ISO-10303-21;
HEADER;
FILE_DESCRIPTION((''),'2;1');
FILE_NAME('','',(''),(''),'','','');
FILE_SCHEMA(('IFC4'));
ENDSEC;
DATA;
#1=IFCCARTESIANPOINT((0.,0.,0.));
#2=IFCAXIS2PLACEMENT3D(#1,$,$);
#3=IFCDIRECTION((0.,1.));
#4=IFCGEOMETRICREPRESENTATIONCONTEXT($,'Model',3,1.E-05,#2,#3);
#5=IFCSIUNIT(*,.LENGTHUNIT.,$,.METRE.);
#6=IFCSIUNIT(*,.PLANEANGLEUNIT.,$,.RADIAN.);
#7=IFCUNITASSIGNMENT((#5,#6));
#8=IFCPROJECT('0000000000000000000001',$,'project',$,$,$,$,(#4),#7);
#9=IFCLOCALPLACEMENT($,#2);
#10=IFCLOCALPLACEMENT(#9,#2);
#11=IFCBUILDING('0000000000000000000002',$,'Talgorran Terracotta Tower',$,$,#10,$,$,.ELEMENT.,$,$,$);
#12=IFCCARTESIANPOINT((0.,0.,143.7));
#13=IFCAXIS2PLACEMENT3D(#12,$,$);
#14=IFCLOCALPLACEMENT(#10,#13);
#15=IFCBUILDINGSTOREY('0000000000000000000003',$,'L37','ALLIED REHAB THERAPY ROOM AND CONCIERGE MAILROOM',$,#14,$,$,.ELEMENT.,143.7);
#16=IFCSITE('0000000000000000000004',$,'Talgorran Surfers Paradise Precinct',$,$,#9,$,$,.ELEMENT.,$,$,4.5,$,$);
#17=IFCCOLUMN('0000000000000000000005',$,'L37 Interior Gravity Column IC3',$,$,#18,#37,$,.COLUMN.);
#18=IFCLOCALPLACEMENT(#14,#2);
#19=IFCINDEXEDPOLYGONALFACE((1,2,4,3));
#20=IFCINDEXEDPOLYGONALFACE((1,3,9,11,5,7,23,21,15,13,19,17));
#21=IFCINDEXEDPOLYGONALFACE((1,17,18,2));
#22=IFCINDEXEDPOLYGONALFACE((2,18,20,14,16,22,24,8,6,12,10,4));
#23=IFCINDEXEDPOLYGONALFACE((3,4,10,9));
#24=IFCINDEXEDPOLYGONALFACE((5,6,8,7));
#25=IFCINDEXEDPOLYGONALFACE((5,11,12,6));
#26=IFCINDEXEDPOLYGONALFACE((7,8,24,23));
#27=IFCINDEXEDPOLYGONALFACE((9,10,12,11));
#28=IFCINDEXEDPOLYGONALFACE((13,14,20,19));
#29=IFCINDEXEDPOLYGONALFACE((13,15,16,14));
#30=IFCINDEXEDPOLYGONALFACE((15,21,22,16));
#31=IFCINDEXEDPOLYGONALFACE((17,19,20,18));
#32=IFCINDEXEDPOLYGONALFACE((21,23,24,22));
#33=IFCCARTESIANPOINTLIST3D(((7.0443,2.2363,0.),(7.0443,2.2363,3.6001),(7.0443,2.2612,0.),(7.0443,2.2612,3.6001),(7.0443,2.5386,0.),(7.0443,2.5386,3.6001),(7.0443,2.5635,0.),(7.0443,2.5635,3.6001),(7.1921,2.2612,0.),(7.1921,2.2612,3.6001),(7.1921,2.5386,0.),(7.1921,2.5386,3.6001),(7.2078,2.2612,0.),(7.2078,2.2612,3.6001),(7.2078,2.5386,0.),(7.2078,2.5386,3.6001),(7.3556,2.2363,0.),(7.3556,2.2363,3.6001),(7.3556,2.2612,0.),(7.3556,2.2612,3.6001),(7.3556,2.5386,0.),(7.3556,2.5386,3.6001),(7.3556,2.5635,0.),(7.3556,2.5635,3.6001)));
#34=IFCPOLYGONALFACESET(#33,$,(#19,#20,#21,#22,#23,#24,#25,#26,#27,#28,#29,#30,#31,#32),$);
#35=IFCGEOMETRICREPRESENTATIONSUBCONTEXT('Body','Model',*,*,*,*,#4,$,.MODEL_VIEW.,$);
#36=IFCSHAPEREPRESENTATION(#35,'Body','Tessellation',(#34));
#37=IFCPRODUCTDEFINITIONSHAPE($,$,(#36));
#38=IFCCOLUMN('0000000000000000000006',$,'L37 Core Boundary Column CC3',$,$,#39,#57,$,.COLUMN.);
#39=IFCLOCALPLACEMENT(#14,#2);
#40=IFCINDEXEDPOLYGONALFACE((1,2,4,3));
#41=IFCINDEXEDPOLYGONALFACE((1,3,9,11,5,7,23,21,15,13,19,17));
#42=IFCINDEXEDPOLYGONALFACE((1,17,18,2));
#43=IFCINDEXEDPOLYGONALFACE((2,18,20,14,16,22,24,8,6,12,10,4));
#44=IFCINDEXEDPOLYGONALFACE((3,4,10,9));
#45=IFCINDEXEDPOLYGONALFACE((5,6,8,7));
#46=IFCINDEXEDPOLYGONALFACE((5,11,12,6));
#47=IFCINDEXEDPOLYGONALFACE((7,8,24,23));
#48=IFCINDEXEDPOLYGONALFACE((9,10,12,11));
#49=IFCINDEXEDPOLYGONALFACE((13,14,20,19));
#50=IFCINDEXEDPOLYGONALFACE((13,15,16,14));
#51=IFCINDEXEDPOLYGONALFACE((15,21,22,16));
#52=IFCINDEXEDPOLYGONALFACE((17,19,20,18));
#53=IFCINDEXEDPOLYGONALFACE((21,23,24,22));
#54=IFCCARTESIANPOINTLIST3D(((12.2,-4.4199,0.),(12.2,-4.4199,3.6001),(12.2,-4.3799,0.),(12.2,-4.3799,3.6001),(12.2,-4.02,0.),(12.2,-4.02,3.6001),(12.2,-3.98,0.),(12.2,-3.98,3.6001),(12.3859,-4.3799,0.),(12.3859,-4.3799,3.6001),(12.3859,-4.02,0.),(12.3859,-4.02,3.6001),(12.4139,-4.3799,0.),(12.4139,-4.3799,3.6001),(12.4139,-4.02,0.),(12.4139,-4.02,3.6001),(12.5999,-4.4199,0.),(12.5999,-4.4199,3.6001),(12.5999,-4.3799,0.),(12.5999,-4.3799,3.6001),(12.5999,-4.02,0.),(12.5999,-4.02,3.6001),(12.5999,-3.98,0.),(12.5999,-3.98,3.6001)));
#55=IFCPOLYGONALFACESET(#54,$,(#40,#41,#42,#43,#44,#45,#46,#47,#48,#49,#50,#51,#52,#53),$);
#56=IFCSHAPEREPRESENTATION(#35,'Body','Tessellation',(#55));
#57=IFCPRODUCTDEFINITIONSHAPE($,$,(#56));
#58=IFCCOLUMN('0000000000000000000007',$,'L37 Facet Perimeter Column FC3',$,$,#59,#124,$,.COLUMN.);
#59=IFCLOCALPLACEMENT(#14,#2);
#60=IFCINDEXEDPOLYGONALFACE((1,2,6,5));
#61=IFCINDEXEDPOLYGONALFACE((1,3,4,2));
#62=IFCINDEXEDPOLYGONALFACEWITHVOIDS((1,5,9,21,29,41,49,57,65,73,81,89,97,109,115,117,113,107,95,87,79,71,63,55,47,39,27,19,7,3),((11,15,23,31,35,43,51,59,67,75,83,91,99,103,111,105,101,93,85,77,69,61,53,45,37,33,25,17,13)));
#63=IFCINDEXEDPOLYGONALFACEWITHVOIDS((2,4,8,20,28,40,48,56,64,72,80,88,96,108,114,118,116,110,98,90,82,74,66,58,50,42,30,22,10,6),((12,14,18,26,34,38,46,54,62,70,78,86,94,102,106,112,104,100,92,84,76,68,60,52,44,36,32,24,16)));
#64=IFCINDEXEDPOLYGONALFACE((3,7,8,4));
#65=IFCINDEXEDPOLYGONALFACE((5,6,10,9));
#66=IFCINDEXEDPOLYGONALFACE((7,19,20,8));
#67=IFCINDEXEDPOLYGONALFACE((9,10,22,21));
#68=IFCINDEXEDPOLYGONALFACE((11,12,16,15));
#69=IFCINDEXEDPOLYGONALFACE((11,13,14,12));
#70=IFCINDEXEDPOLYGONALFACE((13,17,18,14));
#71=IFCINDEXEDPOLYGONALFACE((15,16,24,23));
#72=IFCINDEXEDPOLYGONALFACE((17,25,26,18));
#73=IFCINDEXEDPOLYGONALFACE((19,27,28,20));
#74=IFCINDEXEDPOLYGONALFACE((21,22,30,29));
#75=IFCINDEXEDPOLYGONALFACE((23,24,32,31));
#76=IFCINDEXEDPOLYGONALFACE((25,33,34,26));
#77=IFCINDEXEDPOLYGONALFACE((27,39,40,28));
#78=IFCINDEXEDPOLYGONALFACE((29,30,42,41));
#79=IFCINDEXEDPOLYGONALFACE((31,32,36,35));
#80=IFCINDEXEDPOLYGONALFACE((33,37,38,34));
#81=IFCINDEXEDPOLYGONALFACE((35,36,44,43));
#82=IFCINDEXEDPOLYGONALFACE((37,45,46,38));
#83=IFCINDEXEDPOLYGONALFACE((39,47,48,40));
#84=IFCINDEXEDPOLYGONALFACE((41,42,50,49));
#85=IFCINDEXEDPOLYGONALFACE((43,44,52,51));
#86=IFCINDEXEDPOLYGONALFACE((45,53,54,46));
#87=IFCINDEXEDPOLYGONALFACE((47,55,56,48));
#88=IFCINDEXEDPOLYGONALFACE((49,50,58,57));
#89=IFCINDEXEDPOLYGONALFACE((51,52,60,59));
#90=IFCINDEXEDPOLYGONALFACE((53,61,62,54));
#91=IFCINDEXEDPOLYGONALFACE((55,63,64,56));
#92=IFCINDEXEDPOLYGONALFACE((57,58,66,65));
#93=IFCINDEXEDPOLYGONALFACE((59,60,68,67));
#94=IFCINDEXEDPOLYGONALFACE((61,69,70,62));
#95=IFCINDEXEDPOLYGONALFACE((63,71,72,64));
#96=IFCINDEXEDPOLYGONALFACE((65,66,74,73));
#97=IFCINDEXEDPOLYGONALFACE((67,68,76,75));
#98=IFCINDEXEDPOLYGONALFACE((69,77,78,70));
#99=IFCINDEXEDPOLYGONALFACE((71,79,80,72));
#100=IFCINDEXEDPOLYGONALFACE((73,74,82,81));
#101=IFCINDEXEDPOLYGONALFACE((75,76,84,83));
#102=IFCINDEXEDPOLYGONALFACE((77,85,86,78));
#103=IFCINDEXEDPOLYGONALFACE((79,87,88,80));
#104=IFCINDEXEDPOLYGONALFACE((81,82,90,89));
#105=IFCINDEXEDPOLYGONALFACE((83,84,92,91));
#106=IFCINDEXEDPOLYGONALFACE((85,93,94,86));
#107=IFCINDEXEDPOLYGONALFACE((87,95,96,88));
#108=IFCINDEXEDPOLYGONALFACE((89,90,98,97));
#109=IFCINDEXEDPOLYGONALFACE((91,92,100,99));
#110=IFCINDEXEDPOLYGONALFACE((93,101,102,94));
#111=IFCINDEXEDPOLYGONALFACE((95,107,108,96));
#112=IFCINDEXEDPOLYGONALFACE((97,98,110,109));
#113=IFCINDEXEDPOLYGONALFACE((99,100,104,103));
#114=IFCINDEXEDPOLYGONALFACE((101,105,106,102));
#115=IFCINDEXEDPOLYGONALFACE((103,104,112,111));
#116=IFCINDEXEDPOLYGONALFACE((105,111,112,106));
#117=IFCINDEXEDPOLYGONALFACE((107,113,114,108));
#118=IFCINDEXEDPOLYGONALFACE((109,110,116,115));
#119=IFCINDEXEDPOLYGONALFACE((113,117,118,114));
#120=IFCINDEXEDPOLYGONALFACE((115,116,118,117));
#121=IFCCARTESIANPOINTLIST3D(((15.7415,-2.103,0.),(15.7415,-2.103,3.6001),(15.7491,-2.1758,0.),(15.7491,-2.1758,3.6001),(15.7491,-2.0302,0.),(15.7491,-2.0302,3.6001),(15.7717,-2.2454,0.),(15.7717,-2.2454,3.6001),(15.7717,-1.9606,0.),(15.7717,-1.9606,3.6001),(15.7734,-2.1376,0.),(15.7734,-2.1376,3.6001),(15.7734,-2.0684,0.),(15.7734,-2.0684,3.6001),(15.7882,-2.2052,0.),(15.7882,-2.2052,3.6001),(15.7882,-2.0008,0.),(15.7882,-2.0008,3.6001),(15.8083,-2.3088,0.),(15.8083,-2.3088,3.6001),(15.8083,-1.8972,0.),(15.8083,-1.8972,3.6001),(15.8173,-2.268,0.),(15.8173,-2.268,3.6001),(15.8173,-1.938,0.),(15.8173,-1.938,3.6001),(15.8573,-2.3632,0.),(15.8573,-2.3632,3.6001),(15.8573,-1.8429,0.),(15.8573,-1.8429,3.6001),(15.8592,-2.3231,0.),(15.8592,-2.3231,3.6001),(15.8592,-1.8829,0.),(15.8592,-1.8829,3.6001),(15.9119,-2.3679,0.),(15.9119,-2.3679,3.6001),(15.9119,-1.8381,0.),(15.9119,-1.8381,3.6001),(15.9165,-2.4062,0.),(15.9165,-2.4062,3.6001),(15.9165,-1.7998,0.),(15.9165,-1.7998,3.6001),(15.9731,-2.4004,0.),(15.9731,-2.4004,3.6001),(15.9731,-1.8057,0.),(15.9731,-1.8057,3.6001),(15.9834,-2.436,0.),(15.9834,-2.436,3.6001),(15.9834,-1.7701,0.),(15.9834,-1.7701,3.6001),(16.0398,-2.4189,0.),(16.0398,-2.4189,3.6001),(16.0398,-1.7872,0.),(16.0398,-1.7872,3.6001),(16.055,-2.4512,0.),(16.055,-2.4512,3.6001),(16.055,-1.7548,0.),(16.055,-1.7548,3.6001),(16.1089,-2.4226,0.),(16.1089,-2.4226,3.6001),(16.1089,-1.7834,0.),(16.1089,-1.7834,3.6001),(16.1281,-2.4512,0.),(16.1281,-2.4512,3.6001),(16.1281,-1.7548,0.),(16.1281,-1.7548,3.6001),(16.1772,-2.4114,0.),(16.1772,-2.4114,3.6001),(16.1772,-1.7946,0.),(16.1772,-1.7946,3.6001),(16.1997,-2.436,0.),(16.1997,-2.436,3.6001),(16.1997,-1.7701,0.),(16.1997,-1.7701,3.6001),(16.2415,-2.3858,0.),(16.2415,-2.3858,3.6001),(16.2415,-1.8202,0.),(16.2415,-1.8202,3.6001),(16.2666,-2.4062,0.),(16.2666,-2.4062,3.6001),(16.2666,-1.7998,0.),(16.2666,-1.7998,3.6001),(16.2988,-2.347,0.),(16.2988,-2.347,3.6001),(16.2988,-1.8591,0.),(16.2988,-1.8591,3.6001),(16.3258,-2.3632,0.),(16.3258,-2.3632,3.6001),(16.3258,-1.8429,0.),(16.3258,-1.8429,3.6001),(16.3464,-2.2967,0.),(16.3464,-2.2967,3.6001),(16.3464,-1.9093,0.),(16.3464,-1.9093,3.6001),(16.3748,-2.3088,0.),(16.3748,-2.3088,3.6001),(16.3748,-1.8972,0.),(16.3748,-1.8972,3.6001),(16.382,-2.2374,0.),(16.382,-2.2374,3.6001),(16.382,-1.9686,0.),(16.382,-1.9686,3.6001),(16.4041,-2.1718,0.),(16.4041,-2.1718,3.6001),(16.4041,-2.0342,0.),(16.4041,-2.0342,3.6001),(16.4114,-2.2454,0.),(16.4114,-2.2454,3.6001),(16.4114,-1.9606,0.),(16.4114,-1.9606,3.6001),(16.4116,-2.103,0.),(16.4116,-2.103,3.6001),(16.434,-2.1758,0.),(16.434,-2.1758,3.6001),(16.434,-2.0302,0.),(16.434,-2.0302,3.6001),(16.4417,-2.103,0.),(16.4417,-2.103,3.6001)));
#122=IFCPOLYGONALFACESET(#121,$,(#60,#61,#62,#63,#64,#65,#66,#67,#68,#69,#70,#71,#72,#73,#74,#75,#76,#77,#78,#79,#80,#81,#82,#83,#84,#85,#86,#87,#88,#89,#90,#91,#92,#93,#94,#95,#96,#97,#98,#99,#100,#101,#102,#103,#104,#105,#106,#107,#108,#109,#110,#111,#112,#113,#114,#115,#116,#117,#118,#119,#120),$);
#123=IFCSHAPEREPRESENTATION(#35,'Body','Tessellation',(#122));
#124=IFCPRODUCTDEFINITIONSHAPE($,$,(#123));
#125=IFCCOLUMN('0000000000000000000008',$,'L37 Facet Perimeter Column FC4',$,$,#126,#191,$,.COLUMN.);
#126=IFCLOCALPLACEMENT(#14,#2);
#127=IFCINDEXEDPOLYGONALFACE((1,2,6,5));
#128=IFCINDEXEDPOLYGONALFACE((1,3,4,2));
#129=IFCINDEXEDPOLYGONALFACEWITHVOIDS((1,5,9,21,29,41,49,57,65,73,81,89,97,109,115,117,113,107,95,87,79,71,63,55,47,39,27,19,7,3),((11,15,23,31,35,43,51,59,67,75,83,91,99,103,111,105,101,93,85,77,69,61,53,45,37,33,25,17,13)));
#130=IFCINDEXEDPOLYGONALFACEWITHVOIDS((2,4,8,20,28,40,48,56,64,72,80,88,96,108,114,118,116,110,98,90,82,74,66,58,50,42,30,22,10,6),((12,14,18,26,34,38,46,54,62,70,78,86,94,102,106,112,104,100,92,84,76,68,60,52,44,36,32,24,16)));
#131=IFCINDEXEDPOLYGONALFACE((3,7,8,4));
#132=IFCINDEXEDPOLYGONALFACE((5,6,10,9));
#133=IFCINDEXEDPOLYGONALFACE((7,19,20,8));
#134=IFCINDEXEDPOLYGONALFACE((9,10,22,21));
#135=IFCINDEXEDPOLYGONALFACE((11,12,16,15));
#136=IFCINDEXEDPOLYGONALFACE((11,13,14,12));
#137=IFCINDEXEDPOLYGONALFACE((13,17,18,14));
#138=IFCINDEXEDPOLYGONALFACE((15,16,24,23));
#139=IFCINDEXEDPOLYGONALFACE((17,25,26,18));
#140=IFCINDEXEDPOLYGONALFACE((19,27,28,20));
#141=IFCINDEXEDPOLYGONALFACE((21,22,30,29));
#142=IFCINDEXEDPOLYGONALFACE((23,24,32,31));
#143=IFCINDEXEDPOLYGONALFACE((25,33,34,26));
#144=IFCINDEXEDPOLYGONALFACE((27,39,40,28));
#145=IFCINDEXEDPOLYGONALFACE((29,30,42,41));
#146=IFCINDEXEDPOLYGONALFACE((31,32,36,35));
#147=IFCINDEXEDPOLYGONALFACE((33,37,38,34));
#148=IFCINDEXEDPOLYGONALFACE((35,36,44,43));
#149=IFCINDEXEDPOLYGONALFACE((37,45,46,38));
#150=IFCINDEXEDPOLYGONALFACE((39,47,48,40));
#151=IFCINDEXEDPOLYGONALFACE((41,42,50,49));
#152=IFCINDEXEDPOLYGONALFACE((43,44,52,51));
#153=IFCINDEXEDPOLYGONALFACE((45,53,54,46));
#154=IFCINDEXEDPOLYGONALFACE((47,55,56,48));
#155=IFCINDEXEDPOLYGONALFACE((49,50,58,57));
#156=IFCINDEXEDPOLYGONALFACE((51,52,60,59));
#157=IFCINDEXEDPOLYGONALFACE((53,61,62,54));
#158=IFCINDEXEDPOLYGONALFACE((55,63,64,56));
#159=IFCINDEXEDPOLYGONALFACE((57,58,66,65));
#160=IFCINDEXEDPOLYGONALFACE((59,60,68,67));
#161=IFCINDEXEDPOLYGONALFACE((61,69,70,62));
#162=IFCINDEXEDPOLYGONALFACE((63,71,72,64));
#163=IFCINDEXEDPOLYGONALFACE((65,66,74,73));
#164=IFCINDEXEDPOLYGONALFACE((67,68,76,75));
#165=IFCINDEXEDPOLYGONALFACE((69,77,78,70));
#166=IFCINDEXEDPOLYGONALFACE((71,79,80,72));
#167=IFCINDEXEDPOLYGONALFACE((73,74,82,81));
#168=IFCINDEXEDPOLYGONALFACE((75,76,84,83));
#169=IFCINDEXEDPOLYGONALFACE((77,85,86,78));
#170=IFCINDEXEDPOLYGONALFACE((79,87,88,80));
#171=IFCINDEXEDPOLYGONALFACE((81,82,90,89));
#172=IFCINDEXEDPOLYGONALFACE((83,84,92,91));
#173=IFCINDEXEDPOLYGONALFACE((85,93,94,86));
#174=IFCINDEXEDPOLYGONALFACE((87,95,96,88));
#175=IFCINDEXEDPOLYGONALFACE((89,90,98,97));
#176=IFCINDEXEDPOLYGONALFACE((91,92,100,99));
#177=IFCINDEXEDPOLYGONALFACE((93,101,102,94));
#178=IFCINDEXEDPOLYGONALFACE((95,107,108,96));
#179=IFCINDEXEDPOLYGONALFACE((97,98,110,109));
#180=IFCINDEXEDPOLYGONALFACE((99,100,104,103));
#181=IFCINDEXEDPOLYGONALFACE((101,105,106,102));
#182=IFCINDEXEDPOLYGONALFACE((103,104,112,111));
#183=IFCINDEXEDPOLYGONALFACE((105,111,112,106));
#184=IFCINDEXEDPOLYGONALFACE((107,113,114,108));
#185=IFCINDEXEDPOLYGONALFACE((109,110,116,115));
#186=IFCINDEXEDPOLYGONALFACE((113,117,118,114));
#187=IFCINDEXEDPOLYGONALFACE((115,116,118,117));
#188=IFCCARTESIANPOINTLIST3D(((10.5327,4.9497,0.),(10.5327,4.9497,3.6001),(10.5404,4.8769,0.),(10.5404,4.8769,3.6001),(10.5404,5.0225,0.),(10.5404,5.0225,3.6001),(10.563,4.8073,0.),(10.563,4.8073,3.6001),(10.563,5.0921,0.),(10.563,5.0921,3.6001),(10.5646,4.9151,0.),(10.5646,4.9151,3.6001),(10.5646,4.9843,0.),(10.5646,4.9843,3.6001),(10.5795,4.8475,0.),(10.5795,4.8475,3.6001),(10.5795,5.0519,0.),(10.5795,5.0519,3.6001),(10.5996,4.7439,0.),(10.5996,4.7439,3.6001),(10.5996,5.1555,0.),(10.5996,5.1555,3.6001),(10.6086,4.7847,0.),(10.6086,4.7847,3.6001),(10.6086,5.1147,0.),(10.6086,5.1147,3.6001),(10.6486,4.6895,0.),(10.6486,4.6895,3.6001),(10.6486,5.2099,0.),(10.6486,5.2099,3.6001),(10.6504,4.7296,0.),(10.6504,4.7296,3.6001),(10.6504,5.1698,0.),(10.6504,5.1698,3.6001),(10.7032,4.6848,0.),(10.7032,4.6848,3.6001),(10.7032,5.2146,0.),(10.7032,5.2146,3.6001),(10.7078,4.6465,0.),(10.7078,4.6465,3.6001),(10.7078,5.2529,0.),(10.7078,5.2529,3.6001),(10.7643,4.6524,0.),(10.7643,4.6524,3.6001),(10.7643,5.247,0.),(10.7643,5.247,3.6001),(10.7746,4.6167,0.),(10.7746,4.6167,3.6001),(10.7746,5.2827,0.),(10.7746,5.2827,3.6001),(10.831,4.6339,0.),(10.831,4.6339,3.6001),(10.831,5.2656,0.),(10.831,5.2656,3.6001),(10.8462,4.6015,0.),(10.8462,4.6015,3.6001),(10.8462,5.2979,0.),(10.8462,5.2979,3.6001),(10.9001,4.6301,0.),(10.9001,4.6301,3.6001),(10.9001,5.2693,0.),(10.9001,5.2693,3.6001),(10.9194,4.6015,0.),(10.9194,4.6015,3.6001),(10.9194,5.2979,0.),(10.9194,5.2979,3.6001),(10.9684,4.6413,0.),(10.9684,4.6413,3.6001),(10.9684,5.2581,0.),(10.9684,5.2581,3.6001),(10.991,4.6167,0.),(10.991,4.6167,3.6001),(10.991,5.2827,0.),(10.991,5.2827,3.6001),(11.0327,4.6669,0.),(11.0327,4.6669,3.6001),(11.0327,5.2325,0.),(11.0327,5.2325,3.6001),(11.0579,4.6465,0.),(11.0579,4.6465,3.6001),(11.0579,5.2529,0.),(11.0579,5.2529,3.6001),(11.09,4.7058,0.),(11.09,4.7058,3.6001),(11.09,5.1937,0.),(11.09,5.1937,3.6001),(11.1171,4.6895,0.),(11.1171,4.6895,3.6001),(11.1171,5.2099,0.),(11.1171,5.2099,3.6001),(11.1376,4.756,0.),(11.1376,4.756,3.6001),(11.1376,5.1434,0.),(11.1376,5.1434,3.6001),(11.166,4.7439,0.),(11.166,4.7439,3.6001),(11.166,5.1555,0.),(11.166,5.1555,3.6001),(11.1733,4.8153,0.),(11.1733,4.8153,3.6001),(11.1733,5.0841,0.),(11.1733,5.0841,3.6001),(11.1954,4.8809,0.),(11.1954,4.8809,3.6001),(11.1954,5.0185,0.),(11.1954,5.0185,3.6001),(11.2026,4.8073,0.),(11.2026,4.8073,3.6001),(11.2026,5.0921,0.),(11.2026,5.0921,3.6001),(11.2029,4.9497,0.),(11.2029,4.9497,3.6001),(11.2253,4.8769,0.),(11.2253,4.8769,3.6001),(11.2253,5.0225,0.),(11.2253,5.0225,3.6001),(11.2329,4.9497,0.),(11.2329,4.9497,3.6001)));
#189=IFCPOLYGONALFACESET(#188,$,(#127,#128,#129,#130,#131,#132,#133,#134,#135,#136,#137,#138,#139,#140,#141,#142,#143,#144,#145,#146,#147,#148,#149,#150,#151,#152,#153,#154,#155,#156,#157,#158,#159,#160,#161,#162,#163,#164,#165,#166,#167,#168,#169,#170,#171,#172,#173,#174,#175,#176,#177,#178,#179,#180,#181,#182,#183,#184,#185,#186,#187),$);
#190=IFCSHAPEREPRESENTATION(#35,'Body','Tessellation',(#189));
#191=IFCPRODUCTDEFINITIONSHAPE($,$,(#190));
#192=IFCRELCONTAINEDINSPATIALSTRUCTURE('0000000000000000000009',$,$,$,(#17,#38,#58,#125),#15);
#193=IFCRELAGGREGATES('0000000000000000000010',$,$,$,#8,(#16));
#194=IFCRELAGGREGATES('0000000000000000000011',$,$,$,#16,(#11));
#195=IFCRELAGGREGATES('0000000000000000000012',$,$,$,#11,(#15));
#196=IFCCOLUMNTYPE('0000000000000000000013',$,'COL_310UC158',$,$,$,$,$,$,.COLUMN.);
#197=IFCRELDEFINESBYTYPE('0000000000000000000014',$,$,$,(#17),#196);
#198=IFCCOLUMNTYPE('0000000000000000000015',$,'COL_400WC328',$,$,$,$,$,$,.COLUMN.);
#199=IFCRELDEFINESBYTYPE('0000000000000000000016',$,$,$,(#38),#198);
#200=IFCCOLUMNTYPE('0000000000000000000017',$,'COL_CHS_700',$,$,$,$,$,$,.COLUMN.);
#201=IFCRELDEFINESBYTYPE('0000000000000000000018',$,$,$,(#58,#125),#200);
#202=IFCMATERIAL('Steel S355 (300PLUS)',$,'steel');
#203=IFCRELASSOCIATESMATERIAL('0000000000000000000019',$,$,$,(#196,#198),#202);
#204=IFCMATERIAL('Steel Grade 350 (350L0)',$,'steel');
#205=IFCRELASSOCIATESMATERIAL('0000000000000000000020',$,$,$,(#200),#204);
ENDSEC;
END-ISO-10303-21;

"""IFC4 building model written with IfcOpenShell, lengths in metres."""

from ifc_helpers import new_model, si_unit, direction, frame, origin, origin_2d, place, context, subcontext, project, spatial, hollow_circle, i_section, extrude, material, material_profile, profile_set, type_object, element, save


model = new_model("IFC4")

# Units and contexts
model_context = context("Model", 3, precision=1e-05, world=origin(), true_north=direction((0.0, 1.0)))
body_context = subcontext(model_context, "Body", "Model", "MODEL_VIEW")
ifc_project = project(units=[si_unit("LENGTHUNIT", "METRE"), si_unit("PLANEANGLEUNIT", "RADIAN")], contexts=[model_context])

# Site, building, storey
site_placement = place(None, origin())
site = spatial("IfcSite", under=ifc_project, at=site_placement, Name="Talgorran Surfers Paradise Precinct", CompositionType="ELEMENT", RefElevation=4.5)
building_placement = place(site_placement, origin())
building = spatial("IfcBuilding", under=site, at=building_placement, Name="Talgorran Terracotta Tower", CompositionType="ELEMENT")
storey_placement = place(building_placement, frame((0.0, 0.0, 143.7)))
storey = spatial("IfcBuildingStorey", under=building, at=storey_placement, Name="L37", Description="ALLIED REHAB THERAPY ROOM AND CONCIERGE MAILROOM", CompositionType="ELEMENT", Elevation=143.7)

# Columns
ifc_material_1 = material(Name="Steel S355 (300PLUS)", Category="steel")
ifc_material_profile_1 = material_profile(ifc_material_1, i_section(OverallWidth=0.3113, OverallDepth=0.3271, WebThickness=0.0156, FlangeThickness=0.0249, at=origin_2d()), Name="310UC158")
ifc_profile_set_1 = profile_set([ifc_material_profile_1], Name="Steel S355 (300PLUS)")
column_type_1 = type_object("IfcColumnType", Name="COL_310UC158", PredefinedType="COLUMN", material=ifc_profile_set_1)
column_1_placement = place(storey_placement, frame((7.2, 2.3999, 0.0), z_axis=(0.0, 0.0, 1.0), x_axis=(1.0, 0.0, 0.0)))
element("IfcColumn", 1, at=column_1_placement, inside=storey, type_object=column_type_1, Name="L37 Interior Gravity Column IC3", PredefinedType="COLUMN", context=body_context, shape_type="SweptSolid", body=[
    extrude(i_section(OverallWidth=0.3113, OverallDepth=0.3271, WebThickness=0.0156, FlangeThickness=0.0249, at=origin_2d()), origin(), (0.0, 0.0, 1.0), 3.6001),
])
ifc_material_profile_2 = material_profile(ifc_material_1, i_section(OverallWidth=0.3999, OverallDepth=0.4399, WebThickness=0.0281, FlangeThickness=0.04, at=origin_2d()), Name="400WC328")
ifc_profile_set_2 = profile_set([ifc_material_profile_2], Name="Steel S355 (300PLUS)")
column_type_2 = type_object("IfcColumnType", Name="COL_400WC328", PredefinedType="COLUMN", material=ifc_profile_set_2)
column_2_placement = place(storey_placement, frame((12.3999, -4.2, 0.0), z_axis=(0.0, 0.0, 1.0), x_axis=(1.0, 0.0, 0.0)))
element("IfcColumn", 2, at=column_2_placement, inside=storey, type_object=column_type_2, Name="L37 Core Boundary Column CC3", PredefinedType="COLUMN", context=body_context, shape_type="SweptSolid", body=[
    extrude(i_section(OverallWidth=0.3999, OverallDepth=0.4399, WebThickness=0.0281, FlangeThickness=0.04, at=origin_2d()), origin(), (0.0, 0.0, 1.0), 3.6001),
])
ifc_material_2 = material(Name="Steel Grade 350 (350L0)", Category="steel")
ifc_material_profile_3 = material_profile(ifc_material_2, hollow_circle(Radius=0.3501, WallThickness=0.03, at=origin_2d()), Name="CHS700X30")
ifc_profile_set_3 = profile_set([ifc_material_profile_3], Name="Steel Grade 350 (350L0)")
column_type_3 = type_object("IfcColumnType", Name="COL_CHS_700", PredefinedType="COLUMN", material=ifc_profile_set_3)
for number, where, z_axis, x_axis, name in (
    (3, (16.0916, -2.103, 0.0), (0.0, 0.0, 1.0), (1.0, 0.0, 0.0), "L37 Facet Perimeter Column FC3"),
    (4, (10.8828, 4.9497, 0.0), (0.0, 0.0, 1.0), (1.0, 0.0, 0.0), "L37 Facet Perimeter Column FC4"),
):
    element("IfcColumn", number, at=place(storey_placement, frame(where, z_axis=z_axis, x_axis=x_axis)), inside=storey, type_object=column_type_3, Name=name, PredefinedType="COLUMN", context=body_context, shape_type="SweptSolid", body=[
        extrude(hollow_circle(Radius=0.3501, WallThickness=0.03, at=origin_2d()), origin(), (0.0, 0.0, 1.0), 3.6001),
    ])

save(model, "model.ifc")
